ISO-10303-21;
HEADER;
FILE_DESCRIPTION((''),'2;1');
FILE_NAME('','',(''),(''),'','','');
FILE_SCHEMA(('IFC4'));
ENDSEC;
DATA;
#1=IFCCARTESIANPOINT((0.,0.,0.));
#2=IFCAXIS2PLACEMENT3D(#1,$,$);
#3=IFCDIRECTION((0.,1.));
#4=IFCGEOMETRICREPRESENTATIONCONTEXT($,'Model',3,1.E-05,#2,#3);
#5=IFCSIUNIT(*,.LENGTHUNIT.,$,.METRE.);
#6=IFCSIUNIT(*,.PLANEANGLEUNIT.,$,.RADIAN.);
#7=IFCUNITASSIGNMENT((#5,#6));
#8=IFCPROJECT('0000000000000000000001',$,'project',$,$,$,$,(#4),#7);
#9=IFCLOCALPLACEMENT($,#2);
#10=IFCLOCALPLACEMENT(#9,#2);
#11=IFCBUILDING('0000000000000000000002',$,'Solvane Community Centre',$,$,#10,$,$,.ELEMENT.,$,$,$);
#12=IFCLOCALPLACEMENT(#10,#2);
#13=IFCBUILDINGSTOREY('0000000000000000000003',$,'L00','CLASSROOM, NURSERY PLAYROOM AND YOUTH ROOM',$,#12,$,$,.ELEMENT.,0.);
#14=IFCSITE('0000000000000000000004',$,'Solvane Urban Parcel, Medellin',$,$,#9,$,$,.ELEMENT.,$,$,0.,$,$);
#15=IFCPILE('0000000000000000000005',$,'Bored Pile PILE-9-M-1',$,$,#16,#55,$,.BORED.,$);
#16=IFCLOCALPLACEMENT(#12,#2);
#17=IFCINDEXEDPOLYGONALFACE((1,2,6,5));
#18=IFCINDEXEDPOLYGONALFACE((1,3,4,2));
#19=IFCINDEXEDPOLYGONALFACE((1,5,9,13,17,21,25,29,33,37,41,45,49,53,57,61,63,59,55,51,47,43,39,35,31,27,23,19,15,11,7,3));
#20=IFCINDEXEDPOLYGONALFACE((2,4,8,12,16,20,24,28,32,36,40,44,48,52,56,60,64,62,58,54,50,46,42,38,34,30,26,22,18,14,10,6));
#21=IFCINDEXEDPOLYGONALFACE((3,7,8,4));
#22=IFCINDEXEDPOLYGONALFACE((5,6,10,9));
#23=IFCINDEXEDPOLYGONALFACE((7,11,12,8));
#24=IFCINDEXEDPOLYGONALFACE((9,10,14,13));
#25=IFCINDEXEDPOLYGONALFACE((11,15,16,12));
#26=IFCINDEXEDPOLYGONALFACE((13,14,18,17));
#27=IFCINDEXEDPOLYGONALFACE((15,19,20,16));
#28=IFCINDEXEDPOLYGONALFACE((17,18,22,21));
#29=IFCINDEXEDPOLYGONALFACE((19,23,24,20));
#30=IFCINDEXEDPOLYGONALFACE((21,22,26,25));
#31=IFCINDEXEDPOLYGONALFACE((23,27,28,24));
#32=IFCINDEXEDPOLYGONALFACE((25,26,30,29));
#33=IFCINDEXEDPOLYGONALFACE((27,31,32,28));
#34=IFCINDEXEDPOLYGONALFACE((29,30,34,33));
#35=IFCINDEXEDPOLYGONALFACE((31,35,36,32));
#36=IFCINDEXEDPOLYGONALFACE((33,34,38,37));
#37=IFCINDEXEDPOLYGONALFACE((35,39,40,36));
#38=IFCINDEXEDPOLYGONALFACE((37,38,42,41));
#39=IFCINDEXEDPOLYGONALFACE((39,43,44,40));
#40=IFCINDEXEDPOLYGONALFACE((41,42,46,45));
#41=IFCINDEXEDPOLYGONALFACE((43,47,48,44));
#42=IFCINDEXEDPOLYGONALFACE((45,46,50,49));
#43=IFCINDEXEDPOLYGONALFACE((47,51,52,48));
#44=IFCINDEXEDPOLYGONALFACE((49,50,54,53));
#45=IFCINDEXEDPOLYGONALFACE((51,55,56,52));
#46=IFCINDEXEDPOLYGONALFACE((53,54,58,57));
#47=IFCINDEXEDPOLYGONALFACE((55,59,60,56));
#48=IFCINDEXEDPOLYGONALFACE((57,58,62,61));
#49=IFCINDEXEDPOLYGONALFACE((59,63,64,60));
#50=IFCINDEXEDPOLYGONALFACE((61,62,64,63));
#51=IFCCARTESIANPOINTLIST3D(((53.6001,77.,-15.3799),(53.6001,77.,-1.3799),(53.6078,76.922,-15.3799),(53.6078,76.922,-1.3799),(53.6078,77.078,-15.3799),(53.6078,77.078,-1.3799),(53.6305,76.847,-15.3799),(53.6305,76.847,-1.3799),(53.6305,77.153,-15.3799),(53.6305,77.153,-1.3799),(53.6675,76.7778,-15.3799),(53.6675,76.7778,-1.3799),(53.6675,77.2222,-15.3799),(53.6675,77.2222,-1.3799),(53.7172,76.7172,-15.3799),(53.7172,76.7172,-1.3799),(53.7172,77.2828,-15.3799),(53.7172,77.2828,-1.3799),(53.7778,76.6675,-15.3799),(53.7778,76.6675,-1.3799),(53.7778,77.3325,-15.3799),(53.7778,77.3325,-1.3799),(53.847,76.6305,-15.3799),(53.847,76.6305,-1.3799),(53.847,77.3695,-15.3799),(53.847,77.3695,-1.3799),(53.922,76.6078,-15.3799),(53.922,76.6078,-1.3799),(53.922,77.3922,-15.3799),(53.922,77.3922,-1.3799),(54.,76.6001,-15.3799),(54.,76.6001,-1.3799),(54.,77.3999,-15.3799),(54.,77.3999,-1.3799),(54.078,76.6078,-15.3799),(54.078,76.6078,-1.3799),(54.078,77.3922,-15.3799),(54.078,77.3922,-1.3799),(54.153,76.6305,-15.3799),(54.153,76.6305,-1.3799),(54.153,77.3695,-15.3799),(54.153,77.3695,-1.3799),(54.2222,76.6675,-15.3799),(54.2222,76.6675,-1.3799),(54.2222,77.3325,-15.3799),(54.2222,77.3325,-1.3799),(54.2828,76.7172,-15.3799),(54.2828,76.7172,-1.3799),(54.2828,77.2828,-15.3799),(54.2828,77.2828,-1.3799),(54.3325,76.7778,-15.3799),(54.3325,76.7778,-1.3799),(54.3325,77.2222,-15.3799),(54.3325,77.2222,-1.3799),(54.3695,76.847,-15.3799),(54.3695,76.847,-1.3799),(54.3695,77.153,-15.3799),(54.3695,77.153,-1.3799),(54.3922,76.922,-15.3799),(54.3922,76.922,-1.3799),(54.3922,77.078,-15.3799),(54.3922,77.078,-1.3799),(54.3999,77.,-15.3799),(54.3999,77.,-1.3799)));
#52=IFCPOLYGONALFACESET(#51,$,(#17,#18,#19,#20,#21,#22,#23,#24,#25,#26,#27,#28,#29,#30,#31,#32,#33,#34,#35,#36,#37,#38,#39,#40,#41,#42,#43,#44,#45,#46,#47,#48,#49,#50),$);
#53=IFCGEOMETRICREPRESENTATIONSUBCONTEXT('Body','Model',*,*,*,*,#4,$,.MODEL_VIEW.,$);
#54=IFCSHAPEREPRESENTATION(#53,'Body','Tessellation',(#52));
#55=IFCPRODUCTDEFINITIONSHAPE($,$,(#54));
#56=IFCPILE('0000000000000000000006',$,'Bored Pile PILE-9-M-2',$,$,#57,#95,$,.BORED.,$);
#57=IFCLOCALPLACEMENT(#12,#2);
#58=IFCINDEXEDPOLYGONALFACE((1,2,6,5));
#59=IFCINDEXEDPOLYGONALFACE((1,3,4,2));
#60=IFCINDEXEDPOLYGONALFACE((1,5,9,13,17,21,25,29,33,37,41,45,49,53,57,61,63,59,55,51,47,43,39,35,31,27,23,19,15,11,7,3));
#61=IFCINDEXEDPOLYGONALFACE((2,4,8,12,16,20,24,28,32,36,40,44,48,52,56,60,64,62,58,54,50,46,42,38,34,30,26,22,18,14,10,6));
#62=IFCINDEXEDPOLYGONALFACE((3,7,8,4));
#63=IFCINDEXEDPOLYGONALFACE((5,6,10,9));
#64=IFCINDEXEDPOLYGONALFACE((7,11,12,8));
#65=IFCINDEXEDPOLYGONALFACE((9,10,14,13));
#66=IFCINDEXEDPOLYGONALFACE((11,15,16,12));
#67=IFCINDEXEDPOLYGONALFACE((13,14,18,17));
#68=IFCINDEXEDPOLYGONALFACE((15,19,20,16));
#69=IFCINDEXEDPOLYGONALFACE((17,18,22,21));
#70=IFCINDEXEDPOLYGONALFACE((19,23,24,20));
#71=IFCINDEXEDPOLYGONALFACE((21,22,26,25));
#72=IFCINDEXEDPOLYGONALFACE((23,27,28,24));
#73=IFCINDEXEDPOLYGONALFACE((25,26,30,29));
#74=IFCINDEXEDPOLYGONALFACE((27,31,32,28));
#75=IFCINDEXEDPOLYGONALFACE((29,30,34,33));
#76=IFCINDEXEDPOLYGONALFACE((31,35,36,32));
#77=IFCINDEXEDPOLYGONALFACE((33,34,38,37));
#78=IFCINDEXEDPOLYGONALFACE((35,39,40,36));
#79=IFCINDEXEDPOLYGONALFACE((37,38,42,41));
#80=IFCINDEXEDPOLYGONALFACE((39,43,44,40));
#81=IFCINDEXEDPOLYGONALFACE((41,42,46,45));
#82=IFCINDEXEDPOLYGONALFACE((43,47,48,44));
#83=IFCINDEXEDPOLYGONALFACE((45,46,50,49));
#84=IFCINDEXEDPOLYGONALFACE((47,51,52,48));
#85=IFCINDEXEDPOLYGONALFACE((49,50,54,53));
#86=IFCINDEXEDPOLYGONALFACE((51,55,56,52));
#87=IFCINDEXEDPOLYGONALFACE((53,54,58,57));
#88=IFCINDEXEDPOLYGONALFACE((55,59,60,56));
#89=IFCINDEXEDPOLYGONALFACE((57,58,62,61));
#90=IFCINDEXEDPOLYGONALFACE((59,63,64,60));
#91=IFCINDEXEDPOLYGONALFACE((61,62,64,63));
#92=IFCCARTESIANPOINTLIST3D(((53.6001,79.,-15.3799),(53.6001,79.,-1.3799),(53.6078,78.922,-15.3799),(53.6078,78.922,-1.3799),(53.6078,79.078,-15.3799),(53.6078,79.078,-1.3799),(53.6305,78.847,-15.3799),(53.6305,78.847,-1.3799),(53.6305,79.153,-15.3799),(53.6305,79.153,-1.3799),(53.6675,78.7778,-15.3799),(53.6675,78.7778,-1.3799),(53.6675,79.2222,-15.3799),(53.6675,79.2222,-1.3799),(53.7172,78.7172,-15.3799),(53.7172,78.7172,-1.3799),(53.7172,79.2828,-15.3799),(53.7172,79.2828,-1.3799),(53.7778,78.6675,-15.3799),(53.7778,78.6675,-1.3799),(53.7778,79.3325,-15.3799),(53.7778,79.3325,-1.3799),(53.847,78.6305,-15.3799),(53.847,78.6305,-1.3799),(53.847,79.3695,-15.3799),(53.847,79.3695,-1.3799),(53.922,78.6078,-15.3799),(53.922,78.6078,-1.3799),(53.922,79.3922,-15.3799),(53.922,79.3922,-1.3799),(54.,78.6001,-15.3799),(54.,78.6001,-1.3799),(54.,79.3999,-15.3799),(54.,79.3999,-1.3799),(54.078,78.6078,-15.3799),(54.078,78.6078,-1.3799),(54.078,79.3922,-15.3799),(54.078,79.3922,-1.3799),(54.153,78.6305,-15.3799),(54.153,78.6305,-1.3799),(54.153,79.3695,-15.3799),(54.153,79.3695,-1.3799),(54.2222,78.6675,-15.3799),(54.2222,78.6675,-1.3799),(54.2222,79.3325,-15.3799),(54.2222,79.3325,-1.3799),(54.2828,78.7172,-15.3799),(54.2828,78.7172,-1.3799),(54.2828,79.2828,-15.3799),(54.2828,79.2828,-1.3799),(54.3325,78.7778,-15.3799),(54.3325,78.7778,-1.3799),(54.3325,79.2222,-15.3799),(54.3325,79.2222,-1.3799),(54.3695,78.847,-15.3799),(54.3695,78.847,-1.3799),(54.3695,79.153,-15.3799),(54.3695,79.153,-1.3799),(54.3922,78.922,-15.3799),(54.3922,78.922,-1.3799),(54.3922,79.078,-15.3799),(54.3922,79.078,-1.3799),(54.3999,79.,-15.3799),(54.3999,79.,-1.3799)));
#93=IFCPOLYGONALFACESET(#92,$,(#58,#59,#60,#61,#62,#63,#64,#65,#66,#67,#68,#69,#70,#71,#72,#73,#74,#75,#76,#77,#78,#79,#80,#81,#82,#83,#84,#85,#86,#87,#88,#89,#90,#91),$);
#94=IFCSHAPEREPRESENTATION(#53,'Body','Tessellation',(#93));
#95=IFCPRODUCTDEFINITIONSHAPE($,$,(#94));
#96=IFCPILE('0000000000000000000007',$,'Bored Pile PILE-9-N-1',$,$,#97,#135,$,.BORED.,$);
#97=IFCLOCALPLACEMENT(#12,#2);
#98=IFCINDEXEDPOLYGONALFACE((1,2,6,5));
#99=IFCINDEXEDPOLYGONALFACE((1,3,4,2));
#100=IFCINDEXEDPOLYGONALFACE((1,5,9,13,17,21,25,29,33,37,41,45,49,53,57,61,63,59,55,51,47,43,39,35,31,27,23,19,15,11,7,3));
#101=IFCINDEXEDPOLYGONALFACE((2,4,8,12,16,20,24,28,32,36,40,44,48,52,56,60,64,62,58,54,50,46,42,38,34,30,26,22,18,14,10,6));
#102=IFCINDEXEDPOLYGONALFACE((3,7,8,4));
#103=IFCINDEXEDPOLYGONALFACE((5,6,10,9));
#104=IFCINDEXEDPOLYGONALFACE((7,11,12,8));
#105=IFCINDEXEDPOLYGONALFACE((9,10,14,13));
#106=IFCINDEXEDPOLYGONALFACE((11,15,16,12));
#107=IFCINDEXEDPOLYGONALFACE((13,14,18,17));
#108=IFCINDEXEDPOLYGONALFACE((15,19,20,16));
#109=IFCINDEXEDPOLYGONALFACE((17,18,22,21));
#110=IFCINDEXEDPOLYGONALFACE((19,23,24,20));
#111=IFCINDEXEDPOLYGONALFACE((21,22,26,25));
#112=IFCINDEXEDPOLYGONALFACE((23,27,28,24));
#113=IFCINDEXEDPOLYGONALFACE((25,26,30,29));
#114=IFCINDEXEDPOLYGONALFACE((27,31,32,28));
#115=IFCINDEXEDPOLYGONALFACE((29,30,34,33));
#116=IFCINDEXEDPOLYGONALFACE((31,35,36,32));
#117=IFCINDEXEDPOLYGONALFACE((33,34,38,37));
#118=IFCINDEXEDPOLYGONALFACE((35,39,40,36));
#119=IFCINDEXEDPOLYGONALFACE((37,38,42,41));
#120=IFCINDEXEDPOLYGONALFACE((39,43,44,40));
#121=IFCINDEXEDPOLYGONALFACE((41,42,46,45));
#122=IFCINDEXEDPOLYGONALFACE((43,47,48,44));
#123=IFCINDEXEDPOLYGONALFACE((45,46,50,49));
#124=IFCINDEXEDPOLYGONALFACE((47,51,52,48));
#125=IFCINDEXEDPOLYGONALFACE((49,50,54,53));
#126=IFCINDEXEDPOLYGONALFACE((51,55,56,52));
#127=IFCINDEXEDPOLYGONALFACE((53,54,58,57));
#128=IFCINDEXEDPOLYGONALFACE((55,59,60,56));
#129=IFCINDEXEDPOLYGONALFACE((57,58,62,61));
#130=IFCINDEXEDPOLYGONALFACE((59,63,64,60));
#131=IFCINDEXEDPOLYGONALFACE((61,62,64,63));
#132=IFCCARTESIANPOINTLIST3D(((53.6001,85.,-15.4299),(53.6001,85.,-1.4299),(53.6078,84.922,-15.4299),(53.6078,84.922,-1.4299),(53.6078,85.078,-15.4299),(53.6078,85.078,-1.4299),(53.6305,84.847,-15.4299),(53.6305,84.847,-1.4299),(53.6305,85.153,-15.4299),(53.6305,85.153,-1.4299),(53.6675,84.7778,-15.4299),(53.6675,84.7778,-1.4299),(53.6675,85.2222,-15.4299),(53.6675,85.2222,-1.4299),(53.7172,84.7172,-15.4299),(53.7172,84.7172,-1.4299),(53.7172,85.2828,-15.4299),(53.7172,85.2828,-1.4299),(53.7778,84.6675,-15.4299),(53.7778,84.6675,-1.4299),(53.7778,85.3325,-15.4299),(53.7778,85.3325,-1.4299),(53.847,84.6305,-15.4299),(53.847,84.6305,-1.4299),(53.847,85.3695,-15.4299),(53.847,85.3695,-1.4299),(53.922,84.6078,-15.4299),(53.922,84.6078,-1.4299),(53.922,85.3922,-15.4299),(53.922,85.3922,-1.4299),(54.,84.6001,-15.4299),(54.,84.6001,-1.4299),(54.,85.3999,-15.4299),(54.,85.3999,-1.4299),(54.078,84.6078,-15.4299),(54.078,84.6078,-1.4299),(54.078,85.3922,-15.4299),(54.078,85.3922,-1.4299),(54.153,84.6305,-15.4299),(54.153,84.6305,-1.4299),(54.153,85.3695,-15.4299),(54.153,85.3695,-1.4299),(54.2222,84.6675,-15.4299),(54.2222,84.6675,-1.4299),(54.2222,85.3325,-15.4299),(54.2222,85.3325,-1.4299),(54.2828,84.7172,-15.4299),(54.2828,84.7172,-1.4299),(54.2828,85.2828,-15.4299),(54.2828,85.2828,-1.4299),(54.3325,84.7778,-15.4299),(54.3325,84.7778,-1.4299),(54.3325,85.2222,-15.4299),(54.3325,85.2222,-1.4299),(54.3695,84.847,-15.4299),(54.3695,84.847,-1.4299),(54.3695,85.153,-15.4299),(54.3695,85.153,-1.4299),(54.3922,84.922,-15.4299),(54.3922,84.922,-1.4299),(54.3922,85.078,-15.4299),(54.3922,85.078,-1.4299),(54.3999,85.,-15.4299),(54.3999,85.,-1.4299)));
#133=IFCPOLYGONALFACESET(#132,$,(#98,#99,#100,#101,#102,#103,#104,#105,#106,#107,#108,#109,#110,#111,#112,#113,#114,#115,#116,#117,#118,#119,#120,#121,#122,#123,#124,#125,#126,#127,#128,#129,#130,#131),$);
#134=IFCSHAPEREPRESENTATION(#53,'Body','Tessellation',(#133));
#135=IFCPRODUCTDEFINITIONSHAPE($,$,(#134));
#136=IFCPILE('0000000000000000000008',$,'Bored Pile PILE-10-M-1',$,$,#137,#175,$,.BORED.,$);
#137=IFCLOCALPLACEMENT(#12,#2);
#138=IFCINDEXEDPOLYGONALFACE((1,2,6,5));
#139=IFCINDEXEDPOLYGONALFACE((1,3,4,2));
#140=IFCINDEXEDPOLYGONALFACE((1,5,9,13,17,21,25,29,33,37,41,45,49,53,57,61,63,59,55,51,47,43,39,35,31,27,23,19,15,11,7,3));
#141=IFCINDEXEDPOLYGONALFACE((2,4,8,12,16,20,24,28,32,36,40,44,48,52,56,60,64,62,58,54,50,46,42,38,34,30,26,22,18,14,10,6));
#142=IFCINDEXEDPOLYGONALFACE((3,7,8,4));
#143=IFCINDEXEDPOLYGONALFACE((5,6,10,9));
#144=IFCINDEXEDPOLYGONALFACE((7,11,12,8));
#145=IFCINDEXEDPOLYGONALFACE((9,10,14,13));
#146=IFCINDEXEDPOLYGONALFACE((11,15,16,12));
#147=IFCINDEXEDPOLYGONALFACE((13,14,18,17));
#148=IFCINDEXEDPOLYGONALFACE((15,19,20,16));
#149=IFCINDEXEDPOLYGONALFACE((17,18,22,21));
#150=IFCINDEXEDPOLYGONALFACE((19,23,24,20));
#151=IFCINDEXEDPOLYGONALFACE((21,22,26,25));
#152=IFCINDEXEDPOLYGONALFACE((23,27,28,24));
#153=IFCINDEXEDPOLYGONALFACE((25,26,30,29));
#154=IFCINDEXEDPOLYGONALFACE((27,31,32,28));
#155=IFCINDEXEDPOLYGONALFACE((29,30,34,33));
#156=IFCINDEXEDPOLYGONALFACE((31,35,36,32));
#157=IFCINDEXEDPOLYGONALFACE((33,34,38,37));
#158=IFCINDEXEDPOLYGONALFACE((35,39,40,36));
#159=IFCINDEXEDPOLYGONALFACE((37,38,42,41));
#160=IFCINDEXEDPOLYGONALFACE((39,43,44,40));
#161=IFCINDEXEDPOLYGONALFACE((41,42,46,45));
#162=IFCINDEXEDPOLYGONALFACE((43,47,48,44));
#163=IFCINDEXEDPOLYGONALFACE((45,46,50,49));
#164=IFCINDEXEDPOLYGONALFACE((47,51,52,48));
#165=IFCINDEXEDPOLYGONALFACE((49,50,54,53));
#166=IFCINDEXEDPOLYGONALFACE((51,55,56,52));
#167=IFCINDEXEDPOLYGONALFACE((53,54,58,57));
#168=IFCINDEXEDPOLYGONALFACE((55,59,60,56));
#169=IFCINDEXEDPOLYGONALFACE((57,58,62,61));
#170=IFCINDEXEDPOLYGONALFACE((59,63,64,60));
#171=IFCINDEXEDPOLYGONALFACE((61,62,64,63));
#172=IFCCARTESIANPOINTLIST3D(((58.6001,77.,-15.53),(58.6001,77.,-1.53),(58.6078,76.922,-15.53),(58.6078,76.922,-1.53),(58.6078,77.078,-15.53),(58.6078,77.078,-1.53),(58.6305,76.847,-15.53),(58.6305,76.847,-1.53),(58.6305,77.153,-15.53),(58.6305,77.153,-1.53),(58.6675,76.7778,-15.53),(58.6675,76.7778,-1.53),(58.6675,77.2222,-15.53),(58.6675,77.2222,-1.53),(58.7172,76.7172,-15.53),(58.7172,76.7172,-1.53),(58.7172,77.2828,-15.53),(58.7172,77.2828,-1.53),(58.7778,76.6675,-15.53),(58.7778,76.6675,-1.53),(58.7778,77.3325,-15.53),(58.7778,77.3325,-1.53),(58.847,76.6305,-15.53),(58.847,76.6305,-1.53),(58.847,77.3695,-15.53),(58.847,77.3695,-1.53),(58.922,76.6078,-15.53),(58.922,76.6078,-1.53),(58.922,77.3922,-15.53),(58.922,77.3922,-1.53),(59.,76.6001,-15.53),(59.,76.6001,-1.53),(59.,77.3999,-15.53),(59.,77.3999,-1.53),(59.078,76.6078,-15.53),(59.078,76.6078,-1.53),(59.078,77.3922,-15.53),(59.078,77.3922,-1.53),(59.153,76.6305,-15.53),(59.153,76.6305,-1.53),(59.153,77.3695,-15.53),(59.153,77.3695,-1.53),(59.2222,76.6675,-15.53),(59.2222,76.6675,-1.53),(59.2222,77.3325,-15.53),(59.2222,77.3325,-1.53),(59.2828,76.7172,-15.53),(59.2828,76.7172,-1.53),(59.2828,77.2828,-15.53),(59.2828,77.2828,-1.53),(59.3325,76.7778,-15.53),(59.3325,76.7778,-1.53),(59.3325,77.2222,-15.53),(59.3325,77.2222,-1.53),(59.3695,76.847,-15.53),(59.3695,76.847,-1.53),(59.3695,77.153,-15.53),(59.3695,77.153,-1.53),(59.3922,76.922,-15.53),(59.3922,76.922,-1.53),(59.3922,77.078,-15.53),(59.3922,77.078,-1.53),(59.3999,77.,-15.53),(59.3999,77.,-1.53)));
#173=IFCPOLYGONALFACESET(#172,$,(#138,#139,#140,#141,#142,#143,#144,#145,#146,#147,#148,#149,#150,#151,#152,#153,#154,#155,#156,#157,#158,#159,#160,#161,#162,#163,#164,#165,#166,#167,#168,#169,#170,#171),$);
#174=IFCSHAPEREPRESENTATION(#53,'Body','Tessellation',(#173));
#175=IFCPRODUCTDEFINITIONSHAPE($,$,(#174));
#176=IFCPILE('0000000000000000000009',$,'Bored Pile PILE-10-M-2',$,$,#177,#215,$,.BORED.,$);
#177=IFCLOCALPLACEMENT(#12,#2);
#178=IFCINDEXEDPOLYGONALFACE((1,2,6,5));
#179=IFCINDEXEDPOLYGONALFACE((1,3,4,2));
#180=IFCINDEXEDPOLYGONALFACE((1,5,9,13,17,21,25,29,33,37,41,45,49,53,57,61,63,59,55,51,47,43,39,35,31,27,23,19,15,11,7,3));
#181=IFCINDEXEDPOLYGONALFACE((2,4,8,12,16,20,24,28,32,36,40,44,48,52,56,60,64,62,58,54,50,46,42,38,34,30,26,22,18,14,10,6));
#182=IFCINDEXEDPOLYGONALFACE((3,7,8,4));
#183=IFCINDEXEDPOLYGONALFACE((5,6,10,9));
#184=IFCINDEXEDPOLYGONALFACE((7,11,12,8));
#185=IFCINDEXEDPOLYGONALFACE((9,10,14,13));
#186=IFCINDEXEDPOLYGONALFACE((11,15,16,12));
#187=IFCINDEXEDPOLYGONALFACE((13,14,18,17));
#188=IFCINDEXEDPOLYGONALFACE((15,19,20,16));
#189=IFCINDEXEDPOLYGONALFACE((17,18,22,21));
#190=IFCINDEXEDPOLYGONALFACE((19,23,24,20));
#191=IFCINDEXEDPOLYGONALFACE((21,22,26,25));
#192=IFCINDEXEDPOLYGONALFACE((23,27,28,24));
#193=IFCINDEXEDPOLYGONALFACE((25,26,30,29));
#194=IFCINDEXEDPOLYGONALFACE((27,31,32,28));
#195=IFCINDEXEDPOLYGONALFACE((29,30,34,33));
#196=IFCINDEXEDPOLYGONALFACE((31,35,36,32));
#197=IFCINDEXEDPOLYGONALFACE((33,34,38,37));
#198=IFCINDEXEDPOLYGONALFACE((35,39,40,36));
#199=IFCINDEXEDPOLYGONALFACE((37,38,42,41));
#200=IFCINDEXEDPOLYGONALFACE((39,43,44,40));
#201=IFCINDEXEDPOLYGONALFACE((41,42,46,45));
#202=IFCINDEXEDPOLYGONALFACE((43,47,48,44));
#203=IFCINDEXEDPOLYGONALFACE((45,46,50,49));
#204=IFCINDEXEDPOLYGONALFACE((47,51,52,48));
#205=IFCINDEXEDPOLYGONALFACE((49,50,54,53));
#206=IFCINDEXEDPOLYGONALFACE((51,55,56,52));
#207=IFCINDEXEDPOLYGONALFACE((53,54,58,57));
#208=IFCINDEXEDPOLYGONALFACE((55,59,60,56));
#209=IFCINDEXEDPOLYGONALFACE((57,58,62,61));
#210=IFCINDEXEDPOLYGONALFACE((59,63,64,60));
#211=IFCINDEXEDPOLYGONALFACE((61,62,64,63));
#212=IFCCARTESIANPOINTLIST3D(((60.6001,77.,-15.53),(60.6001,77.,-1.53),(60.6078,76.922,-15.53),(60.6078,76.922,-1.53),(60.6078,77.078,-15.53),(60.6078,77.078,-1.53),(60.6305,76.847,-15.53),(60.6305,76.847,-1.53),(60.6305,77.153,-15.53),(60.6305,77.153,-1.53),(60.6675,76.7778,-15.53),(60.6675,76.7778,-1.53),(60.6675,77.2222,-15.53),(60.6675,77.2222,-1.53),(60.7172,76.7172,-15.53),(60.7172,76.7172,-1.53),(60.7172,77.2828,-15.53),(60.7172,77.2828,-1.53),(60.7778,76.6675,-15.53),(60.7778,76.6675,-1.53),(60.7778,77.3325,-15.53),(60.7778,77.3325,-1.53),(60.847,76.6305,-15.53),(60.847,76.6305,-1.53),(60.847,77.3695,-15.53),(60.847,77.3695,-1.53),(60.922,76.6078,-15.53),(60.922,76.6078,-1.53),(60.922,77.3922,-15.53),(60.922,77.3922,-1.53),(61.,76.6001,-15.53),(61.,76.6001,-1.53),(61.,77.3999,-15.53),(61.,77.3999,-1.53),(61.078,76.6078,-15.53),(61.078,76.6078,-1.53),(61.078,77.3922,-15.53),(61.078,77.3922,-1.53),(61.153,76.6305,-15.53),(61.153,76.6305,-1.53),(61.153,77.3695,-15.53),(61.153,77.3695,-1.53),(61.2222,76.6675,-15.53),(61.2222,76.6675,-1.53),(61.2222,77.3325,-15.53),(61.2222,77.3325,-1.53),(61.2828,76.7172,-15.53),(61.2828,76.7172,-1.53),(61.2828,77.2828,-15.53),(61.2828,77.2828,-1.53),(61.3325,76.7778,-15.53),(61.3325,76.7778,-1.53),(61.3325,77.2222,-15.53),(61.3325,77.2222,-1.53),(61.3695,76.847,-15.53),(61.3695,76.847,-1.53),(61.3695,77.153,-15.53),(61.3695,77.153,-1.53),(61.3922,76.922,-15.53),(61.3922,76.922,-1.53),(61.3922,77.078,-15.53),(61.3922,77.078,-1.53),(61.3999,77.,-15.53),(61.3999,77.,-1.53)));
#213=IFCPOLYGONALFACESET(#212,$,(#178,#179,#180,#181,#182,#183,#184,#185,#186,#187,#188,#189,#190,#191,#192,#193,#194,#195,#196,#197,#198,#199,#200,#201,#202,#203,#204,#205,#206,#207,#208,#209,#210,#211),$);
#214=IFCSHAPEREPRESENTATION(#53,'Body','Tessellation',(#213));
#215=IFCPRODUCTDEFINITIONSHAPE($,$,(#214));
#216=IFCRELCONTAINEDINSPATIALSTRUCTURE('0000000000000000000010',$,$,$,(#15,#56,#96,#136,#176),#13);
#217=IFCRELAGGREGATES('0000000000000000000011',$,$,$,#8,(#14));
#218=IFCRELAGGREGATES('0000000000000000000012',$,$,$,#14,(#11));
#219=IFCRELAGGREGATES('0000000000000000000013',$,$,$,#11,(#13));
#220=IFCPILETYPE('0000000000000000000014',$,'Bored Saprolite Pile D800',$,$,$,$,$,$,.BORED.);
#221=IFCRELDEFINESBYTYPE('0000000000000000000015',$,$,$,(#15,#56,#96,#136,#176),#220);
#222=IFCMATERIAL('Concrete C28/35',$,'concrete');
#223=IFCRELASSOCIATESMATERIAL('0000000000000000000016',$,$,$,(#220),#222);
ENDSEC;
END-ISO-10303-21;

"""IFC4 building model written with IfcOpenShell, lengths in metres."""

from ifc_helpers import new_model, si_unit, direction, frame, origin, origin_2d, place, context, subcontext, project, spatial, circle, extrude, material, material_profile, profile_set, type_object, element, save


model = new_model("IFC4")

# Units and contexts
model_context = context("Model", 3, precision=1e-05, world=origin(), true_north=direction((0.0, 1.0)))
body_context = subcontext(model_context, "Body", "Model", "MODEL_VIEW")
ifc_project = project(units=[si_unit("LENGTHUNIT", "METRE"), si_unit("PLANEANGLEUNIT", "RADIAN")], contexts=[model_context])

# Site, building, storey
site_placement = place(None, origin())
site = spatial("IfcSite", under=ifc_project, at=site_placement, Name="Solvane Urban Parcel, Medellin", CompositionType="ELEMENT", RefElevation=0.0)
building_placement = place(site_placement, origin())
building = spatial("IfcBuilding", under=site, at=building_placement, Name="Solvane Community Centre", CompositionType="ELEMENT")
storey_placement = place(building_placement, origin())
storey = spatial("IfcBuildingStorey", under=building, at=storey_placement, Name="L00", Description="CLASSROOM, NURSERY PLAYROOM AND YOUTH ROOM", CompositionType="ELEMENT", Elevation=0.0)

# Piles
ifc_material_1 = material(Name="Concrete C28/35", Category="concrete")
ifc_material_profile_1 = material_profile(ifc_material_1, circle(Radius=0.3999, at=origin_2d()), Name="PILE D800")
ifc_profile_set_1 = profile_set([ifc_material_profile_1], Name="Concrete C28/35")
pile_type = type_object("IfcPileType", Name="Bored Saprolite Pile D800", PredefinedType="BORED", material=ifc_profile_set_1)
for number, where, z_axis, x_axis, name in (
    (1, (54.0, 77.0, -1.3799), (0.0, 0.0, -1.0), (1.0, 0.0, 0.0), "Bored Pile PILE-9-M-1"),
    (2, (54.0, 79.0, -1.3799), (0.0, 0.0, -1.0), (1.0, 0.0, 0.0), "Bored Pile PILE-9-M-2"),
    (3, (54.0, 85.0, -1.4299), (0.0, 0.0, -1.0), (1.0, 0.0, 0.0), "Bored Pile PILE-9-N-1"),
    (4, (59.0, 77.0, -1.53), (0.0, 0.0, -1.0), (1.0, 0.0, 0.0), "Bored Pile PILE-10-M-1"),
    (5, (61.0, 77.0, -1.53), (0.0, 0.0, -1.0), (1.0, 0.0, 0.0), "Bored Pile PILE-10-M-2"),
):
    element("IfcPile", number, at=place(storey_placement, frame(where, z_axis=z_axis, x_axis=x_axis)), inside=storey, type_object=pile_type, Name=name, PredefinedType="BORED", context=body_context, shape_type="SweptSolid", body=[
        extrude(circle(Radius=0.3999, at=origin_2d()), origin(), (0.0, 0.0, 1.0), 14.0),
    ])

save(model, "model.ifc")
